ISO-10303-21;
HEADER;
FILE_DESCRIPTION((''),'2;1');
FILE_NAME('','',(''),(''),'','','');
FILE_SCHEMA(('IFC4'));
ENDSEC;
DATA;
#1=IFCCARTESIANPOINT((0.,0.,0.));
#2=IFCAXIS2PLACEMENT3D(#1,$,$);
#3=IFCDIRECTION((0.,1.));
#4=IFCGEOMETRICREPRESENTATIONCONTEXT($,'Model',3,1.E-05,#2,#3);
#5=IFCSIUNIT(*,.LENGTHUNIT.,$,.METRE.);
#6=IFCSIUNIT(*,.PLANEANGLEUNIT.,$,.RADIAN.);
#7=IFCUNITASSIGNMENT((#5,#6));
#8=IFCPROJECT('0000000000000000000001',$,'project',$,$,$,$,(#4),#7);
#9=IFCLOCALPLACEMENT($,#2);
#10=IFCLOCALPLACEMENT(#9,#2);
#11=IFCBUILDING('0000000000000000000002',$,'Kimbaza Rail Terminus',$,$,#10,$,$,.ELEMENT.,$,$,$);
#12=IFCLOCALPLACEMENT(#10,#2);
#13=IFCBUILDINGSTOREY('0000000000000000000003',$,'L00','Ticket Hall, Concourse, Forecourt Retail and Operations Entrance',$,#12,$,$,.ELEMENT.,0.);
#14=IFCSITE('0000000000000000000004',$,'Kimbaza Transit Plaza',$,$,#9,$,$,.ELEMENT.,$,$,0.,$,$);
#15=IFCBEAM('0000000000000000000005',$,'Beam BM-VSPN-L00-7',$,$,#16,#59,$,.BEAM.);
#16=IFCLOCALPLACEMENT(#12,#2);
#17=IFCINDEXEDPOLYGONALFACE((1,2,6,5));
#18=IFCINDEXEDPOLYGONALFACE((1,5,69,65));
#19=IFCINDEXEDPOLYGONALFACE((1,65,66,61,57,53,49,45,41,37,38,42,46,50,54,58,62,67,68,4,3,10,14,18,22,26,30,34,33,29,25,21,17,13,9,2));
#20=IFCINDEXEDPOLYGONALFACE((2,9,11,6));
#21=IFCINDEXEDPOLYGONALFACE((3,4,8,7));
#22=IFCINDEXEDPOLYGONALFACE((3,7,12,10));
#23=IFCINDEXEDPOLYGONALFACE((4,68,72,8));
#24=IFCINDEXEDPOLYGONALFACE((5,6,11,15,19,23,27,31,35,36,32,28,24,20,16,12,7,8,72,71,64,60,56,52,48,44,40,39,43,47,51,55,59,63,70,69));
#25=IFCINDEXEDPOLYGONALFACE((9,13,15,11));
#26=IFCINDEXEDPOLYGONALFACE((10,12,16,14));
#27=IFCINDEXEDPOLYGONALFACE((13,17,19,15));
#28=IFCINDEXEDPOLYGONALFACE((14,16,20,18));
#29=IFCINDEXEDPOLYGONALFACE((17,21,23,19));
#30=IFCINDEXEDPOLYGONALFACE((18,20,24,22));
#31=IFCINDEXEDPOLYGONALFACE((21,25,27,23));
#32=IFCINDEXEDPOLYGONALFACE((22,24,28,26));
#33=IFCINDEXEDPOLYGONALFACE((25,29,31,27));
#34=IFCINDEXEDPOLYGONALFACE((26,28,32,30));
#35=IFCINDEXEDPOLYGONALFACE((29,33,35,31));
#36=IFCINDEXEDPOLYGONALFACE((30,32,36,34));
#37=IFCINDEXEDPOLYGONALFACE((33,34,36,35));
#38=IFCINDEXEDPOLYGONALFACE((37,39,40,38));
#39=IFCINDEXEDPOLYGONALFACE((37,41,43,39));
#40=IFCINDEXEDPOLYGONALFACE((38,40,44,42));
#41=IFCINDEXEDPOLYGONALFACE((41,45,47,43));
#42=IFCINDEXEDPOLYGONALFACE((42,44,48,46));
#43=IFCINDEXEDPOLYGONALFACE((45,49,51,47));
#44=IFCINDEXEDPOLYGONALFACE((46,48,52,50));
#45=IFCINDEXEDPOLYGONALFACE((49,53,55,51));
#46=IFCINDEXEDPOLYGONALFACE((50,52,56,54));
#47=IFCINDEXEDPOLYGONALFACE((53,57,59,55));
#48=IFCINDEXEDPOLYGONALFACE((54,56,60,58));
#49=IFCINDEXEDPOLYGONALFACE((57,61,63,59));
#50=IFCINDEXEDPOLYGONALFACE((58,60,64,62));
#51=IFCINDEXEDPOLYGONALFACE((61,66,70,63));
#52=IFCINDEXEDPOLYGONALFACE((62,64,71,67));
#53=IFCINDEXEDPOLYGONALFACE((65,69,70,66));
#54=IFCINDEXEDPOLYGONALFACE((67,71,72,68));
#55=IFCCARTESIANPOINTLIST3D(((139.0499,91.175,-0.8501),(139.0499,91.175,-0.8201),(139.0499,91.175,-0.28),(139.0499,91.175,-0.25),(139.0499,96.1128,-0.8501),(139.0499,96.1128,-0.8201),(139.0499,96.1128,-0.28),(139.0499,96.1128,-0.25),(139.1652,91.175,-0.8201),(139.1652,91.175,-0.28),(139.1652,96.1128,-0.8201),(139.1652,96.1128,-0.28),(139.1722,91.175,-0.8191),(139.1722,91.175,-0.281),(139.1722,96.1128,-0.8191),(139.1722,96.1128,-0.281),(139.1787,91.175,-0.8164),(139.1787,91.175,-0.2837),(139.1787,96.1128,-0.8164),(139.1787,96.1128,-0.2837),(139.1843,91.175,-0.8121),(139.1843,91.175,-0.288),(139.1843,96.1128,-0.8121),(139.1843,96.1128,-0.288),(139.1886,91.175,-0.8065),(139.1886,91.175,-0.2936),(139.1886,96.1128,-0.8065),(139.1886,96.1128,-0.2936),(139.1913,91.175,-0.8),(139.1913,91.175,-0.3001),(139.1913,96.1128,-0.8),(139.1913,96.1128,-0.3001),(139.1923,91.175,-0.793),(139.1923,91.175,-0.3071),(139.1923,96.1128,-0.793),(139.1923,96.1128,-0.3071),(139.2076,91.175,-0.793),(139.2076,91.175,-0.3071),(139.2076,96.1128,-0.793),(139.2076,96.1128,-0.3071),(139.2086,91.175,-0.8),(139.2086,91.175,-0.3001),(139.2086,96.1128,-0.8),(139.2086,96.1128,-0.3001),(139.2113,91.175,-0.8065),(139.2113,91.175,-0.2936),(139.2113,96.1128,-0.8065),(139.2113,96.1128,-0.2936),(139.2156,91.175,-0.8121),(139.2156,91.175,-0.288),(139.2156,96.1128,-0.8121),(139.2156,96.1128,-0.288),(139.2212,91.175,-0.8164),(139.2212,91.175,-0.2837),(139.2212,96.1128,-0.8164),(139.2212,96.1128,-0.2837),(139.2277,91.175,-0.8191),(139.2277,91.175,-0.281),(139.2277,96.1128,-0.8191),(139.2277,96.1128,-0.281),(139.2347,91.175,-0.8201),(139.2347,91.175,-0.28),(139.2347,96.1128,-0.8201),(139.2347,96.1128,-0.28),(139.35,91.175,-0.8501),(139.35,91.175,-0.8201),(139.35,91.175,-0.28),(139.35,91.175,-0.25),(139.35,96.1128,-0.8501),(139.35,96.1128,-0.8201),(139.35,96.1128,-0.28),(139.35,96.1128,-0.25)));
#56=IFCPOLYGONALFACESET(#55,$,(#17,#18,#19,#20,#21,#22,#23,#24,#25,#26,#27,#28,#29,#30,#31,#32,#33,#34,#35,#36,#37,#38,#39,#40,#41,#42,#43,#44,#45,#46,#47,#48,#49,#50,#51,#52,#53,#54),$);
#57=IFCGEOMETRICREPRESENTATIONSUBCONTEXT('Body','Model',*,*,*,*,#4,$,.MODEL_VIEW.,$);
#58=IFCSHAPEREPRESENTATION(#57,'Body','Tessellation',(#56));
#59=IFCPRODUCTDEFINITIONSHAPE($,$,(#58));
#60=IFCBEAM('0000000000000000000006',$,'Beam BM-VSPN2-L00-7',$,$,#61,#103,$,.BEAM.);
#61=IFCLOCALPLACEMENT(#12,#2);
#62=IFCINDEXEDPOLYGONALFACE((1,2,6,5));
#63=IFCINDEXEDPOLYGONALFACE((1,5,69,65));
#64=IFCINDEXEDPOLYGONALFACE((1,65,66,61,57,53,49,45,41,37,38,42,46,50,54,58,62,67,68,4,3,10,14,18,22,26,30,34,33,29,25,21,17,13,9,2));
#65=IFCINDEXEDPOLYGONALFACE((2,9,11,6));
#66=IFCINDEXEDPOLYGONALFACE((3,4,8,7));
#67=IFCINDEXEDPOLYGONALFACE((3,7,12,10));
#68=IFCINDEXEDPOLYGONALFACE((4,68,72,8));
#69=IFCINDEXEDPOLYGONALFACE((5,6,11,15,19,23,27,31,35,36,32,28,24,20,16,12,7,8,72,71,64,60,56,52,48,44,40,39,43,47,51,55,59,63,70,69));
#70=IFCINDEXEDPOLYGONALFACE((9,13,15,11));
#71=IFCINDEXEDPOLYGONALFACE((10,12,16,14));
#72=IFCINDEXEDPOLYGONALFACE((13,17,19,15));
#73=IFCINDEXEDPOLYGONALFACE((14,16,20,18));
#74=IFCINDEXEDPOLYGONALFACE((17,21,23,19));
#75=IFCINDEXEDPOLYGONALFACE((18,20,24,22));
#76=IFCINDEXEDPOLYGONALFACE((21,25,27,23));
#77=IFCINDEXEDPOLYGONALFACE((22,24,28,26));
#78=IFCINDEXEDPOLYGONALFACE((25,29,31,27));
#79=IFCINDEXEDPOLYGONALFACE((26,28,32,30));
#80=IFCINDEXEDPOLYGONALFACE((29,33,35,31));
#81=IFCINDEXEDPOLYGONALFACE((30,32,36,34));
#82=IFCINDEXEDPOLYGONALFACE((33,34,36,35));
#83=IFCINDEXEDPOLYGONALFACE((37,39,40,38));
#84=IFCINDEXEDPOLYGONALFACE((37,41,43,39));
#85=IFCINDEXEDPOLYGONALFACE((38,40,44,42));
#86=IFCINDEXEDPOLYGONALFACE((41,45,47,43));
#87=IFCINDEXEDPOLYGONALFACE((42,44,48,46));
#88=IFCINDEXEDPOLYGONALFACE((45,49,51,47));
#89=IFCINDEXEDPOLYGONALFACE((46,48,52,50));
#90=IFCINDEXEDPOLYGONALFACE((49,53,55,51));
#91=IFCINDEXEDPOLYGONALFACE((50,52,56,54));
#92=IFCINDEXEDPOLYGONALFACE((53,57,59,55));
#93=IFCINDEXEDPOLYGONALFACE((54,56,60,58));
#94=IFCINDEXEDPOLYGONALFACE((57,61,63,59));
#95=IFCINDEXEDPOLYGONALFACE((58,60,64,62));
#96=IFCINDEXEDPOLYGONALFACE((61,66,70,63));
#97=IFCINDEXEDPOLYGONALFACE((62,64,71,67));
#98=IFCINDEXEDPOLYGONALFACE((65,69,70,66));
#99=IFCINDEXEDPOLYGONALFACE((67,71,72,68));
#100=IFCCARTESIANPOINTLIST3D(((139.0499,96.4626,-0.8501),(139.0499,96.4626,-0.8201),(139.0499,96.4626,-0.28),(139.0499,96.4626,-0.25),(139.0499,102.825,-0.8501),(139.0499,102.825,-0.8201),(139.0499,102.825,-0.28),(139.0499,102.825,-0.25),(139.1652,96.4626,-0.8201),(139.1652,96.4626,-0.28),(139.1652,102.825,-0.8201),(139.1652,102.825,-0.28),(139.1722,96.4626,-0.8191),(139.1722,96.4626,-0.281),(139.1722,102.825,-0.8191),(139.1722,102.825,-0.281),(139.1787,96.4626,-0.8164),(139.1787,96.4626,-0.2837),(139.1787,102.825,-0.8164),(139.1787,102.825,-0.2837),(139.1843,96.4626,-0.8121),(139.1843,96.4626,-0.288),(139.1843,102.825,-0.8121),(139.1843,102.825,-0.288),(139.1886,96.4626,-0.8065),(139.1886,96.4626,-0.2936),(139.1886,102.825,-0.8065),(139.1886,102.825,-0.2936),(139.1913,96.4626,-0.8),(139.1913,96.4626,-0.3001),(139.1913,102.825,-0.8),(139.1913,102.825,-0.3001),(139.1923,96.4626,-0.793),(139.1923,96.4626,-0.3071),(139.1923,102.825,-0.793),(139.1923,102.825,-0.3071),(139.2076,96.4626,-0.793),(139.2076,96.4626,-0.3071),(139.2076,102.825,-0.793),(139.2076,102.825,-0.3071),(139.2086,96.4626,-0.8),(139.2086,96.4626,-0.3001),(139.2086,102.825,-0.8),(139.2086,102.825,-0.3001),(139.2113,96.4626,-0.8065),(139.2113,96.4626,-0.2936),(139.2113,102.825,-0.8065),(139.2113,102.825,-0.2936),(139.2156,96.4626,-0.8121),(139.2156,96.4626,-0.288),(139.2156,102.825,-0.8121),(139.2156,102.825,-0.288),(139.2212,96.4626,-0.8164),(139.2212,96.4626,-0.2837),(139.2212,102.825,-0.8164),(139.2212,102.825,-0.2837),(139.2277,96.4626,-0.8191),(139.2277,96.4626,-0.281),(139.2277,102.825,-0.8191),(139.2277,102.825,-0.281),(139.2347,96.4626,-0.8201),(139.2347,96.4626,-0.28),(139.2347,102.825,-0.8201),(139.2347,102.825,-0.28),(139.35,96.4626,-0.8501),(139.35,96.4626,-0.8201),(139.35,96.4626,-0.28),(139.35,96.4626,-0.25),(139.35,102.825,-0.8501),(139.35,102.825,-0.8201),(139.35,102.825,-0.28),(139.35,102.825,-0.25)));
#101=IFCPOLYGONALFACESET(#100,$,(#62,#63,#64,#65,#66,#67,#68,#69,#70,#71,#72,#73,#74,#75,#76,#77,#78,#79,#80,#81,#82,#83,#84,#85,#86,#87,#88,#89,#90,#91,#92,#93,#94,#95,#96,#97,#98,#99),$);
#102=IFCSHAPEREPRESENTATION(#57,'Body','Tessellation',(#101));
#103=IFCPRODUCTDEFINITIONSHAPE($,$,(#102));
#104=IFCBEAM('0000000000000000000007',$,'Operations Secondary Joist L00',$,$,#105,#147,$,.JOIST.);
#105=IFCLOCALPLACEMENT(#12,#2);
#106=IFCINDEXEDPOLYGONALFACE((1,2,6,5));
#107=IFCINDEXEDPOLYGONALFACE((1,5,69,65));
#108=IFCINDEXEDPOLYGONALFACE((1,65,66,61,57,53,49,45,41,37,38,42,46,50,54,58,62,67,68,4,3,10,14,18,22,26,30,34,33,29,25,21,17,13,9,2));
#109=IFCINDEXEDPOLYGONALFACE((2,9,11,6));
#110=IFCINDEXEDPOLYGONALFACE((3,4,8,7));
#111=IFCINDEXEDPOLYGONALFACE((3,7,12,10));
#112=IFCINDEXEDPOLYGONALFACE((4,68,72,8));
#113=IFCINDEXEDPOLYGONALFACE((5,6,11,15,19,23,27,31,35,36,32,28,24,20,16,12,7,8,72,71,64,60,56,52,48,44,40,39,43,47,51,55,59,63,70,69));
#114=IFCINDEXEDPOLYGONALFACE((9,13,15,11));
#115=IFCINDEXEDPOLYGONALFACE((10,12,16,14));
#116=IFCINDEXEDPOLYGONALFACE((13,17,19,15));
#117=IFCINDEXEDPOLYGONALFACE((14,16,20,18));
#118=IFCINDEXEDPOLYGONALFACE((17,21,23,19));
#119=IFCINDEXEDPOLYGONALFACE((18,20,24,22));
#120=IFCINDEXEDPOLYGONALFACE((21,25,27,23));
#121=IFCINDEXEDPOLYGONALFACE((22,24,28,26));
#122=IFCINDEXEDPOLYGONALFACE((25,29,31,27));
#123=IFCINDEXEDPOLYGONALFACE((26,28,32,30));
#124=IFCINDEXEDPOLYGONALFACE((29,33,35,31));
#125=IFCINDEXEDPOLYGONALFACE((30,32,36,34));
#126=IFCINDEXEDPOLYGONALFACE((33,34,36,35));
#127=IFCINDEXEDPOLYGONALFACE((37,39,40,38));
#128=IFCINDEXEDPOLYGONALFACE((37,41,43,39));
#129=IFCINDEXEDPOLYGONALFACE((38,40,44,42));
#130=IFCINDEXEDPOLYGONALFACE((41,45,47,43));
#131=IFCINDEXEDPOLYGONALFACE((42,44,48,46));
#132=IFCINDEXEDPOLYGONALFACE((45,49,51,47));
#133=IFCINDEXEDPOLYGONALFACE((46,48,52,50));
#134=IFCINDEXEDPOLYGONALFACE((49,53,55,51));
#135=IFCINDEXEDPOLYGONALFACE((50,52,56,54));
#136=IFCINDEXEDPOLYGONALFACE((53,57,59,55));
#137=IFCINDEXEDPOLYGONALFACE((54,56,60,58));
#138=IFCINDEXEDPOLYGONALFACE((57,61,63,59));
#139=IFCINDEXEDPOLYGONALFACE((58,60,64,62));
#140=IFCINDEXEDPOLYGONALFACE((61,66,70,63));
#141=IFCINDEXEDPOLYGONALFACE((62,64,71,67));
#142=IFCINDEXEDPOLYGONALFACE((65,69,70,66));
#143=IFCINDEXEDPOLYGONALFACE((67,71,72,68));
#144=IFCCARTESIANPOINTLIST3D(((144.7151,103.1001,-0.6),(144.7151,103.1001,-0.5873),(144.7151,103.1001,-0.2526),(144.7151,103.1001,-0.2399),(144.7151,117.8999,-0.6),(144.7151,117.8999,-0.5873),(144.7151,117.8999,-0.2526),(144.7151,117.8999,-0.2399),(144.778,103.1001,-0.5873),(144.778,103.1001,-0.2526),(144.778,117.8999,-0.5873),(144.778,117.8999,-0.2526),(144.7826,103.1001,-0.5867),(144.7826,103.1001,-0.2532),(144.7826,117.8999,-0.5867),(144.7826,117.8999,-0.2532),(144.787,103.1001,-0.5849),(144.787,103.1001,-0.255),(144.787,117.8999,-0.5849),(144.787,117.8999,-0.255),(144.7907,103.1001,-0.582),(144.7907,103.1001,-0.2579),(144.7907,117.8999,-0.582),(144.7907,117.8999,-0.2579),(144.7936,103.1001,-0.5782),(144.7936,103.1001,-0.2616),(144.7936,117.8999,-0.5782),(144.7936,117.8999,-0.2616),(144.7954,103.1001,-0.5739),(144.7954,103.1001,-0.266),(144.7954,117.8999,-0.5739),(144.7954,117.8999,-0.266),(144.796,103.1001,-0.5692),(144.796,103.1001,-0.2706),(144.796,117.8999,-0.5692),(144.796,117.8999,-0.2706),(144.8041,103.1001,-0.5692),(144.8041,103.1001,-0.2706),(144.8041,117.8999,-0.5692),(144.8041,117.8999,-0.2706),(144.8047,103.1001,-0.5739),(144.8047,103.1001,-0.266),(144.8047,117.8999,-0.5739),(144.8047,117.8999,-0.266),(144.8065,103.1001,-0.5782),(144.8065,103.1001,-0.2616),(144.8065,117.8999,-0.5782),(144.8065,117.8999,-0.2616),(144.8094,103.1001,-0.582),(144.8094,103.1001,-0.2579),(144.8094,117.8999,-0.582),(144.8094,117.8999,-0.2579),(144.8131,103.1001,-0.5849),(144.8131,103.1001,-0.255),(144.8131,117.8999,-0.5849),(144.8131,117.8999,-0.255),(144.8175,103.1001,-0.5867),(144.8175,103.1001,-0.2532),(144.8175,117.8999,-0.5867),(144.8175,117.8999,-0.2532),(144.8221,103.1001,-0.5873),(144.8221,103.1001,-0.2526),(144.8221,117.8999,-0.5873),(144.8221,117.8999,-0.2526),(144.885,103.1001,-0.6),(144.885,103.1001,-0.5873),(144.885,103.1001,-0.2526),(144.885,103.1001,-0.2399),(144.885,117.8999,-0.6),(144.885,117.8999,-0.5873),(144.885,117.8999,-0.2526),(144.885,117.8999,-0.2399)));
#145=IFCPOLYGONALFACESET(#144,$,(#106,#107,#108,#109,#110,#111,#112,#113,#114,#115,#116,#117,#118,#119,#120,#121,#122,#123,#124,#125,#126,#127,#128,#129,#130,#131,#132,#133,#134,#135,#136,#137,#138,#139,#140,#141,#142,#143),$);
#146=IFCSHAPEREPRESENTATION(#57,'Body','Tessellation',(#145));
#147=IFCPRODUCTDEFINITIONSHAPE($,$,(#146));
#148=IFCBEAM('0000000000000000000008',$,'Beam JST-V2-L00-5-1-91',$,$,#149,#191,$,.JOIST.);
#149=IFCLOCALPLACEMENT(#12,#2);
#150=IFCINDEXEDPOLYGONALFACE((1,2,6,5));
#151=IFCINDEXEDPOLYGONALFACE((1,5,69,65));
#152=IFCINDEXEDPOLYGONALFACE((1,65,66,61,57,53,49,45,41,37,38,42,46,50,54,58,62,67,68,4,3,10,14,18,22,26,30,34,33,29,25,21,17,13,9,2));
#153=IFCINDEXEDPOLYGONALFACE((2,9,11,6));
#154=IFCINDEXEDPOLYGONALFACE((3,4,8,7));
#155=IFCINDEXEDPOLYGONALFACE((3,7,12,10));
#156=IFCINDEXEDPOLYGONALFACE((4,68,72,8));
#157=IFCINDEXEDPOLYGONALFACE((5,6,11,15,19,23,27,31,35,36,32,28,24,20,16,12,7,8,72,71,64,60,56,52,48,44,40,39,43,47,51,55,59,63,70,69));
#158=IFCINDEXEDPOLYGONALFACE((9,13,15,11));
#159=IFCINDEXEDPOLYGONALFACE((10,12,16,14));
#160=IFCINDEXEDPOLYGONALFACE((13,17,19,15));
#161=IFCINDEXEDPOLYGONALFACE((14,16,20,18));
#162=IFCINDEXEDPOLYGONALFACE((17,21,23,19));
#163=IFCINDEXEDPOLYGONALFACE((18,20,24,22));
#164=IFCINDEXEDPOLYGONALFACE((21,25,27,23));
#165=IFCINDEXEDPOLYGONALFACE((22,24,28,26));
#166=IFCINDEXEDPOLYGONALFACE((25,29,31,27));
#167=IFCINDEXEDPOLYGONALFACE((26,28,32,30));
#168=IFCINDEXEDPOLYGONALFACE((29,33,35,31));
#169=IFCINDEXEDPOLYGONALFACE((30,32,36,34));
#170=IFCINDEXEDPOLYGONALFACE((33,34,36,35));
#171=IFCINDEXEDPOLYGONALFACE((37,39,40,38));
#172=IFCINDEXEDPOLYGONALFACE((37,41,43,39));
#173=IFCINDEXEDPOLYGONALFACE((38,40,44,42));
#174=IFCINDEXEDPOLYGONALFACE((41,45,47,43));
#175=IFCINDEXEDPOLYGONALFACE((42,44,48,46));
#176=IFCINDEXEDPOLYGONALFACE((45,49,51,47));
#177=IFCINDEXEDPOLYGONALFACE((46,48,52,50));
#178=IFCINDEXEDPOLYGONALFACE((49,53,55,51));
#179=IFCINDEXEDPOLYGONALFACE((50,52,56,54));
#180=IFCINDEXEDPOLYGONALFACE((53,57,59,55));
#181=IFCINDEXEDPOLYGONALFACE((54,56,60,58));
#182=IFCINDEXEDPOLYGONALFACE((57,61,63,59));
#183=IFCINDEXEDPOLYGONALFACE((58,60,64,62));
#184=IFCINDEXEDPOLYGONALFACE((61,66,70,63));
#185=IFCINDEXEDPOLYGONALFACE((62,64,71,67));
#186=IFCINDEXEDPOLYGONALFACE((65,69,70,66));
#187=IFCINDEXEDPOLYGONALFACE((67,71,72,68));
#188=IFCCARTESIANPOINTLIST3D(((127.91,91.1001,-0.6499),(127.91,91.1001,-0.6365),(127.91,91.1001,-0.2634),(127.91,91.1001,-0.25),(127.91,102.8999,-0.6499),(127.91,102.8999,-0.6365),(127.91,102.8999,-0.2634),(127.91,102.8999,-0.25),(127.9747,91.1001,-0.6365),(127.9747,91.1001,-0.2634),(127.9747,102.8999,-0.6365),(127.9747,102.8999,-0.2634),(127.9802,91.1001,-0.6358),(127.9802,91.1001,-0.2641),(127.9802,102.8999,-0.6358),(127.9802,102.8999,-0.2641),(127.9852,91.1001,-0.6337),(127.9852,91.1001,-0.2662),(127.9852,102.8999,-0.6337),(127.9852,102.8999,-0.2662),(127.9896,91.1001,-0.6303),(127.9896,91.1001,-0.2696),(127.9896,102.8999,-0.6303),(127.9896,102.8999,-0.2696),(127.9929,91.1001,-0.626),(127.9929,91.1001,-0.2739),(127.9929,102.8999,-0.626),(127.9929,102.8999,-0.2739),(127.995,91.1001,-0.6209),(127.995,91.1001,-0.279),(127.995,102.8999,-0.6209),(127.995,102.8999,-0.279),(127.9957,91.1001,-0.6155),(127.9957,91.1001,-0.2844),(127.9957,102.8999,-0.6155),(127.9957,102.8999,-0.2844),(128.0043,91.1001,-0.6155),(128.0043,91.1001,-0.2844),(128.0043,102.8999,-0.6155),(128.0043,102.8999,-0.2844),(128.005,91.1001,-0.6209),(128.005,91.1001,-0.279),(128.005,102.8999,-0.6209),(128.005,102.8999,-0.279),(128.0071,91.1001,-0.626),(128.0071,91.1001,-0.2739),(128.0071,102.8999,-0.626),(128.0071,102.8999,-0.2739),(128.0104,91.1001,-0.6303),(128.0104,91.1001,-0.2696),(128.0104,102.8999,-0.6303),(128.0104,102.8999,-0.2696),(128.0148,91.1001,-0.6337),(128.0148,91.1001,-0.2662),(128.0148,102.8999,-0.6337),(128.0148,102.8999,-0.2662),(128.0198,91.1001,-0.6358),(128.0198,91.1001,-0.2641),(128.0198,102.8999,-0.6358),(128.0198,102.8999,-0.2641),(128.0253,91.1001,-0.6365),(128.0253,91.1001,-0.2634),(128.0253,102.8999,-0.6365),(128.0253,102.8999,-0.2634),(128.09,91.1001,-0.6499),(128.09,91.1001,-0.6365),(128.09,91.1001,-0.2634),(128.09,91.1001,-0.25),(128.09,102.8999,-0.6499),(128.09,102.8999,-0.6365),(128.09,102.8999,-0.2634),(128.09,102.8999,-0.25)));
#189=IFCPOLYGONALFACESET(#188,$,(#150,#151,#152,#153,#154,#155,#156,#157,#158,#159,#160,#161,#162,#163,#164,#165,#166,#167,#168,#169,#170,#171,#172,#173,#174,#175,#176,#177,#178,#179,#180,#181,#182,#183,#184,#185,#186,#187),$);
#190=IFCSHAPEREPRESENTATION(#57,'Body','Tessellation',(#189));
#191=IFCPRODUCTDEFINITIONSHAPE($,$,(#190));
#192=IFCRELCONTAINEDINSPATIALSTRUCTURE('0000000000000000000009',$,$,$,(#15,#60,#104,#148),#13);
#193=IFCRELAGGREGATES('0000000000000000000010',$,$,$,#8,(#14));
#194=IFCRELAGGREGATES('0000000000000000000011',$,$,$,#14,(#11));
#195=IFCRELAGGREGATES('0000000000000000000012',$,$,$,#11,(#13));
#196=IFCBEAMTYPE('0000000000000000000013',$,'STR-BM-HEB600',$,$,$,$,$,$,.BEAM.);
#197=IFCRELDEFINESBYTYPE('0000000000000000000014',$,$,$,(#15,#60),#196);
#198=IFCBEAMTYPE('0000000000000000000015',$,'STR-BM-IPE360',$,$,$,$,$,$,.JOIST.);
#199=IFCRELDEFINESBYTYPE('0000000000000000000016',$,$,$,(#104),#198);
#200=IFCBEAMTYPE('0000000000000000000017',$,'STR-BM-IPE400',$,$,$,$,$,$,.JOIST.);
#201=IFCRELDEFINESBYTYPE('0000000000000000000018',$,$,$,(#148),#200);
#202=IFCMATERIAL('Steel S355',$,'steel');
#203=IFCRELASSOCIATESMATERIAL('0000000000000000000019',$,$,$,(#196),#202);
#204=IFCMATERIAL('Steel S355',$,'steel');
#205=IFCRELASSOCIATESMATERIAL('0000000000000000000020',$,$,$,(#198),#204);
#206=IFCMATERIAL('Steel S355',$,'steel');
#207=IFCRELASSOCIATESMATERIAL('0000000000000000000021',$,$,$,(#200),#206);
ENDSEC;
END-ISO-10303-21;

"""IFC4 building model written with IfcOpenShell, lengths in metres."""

from ifc_helpers import new_model, si_unit, direction, frame, origin, origin_2d, place, context, subcontext, project, spatial, i_section, extrude, material, material_profile, profile_set, type_object, element, save


model = new_model("IFC4")

# Units and contexts
model_context = context("Model", 3, precision=1e-05, world=origin(), true_north=direction((0.0, 1.0)))
body_context = subcontext(model_context, "Body", "Model", "MODEL_VIEW")
ifc_project = project(units=[si_unit("LENGTHUNIT", "METRE"), si_unit("PLANEANGLEUNIT", "RADIAN")], contexts=[model_context])

# Site, building, storey
site_placement = place(None, origin())
site = spatial("IfcSite", under=ifc_project, at=site_placement, Name="Kimbaza Transit Plaza", CompositionType="ELEMENT", RefElevation=0.0)
building_placement = place(site_placement, origin())
building = spatial("IfcBuilding", under=site, at=building_placement, Name="Kimbaza Rail Terminus", CompositionType="ELEMENT")
storey_placement = place(building_placement, origin())
storey = spatial("IfcBuildingStorey", under=building, at=storey_placement, Name="L00", Description="Ticket Hall, Concourse, Forecourt Retail and Operations Entrance", CompositionType="ELEMENT", Elevation=0.0)

# Beams
ifc_material_1 = material(Name="Steel S355", Category="steel")
ifc_material_profile_1 = material_profile(ifc_material_1, i_section(OverallWidth=0.3, OverallDepth=0.6001, WebThickness=0.0154, FlangeThickness=0.03, FilletRadius=0.0271, at=origin_2d()), Name="HEB 600")
ifc_profile_set_1 = profile_set([ifc_material_profile_1], Name="Steel S355")
beam_type_1 = type_object("IfcBeamType", Name="STR-BM-HEB600", PredefinedType="BEAM", material=ifc_profile_set_1)
beam_1_placement = place(storey_placement, frame((139.2, 91.175, -0.55), z_axis=(0.0, 1.0, 0.0), x_axis=(-1.0, 0.0, 0.0)))
element("IfcBeam", 1, at=beam_1_placement, inside=storey, type_object=beam_type_1, Name="Beam BM-VSPN-L00-7", PredefinedType="BEAM", context=body_context, shape_type="SweptSolid", body=[
    extrude(i_section(OverallWidth=0.3, OverallDepth=0.6001, WebThickness=0.0154, FlangeThickness=0.03, FilletRadius=0.0271, at=origin_2d()), origin(), (0.0, 0.0, 1.0), 4.9377),
])
beam_2_placement = place(storey_placement, frame((139.2, 96.4626, -0.55), z_axis=(0.0, 1.0, 0.0), x_axis=(-1.0, 0.0, 0.0)))
element("IfcBeam", 2, at=beam_2_placement, inside=storey, type_object=beam_type_1, Name="Beam BM-VSPN2-L00-7", PredefinedType="BEAM", context=body_context, shape_type="SweptSolid", body=[
    extrude(i_section(OverallWidth=0.3, OverallDepth=0.6001, WebThickness=0.0154, FlangeThickness=0.03, FilletRadius=0.0271, at=origin_2d()), origin(), (0.0, 0.0, 1.0), 6.3623),
])
ifc_material_2 = material(Name="Steel S355", Category="steel")
ifc_material_profile_2 = material_profile(ifc_material_2, i_section(OverallWidth=0.1699, OverallDepth=0.3601, WebThickness=0.0081, FlangeThickness=0.0127, FilletRadius=0.0181, at=origin_2d()), Name="IPE 360")
ifc_profile_set_2 = profile_set([ifc_material_profile_2], Name="Steel S355")
beam_type_2 = type_object("IfcBeamType", Name="STR-BM-IPE360", PredefinedType="JOIST", material=ifc_profile_set_2)
beam_3_placement = place(storey_placement, frame((144.8, 103.1001, -0.4199), z_axis=(0.0, 1.0, 0.0), x_axis=(-1.0, 0.0, 0.0)))
element("IfcBeam", 3, at=beam_3_placement, inside=storey, type_object=beam_type_2, Name="Operations Secondary Joist L00", PredefinedType="JOIST", context=body_context, shape_type="SweptSolid", body=[
    extrude(i_section(OverallWidth=0.1699, OverallDepth=0.3601, WebThickness=0.0081, FlangeThickness=0.0127, FilletRadius=0.0181, at=origin_2d()), origin(), (0.0, 0.0, 1.0), 14.7998),
])
ifc_material_3 = material(Name="Steel S355", Category="steel")
ifc_material_profile_3 = material_profile(ifc_material_3, i_section(OverallWidth=0.1799, OverallDepth=0.3999, WebThickness=0.0085, FlangeThickness=0.0134, FilletRadius=0.021, at=origin_2d()), Name="IPE 400")
ifc_profile_set_3 = profile_set([ifc_material_profile_3], Name="Steel S355")
beam_type_3 = type_object("IfcBeamType", Name="STR-BM-IPE400", PredefinedType="JOIST", material=ifc_profile_set_3)
for number, where, z_axis, x_axis, name in (
    (4, (128.0, 91.1001, -0.45), (0.0, 1.0, 0.0), (-1.0, 0.0, 0.0), "Beam JST-V2-L00-5-1-91"),
):
    element("IfcBeam", number, at=place(storey_placement, frame(where, z_axis=z_axis, x_axis=x_axis)), inside=storey, type_object=beam_type_3, Name=name, PredefinedType="JOIST", context=body_context, shape_type="SweptSolid", body=[
        extrude(i_section(OverallWidth=0.1799, OverallDepth=0.3999, WebThickness=0.0085, FlangeThickness=0.0134, FilletRadius=0.021, at=origin_2d()), origin(), (0.0, 0.0, 1.0), 11.7998),
    ])

save(model, "model.ifc")
